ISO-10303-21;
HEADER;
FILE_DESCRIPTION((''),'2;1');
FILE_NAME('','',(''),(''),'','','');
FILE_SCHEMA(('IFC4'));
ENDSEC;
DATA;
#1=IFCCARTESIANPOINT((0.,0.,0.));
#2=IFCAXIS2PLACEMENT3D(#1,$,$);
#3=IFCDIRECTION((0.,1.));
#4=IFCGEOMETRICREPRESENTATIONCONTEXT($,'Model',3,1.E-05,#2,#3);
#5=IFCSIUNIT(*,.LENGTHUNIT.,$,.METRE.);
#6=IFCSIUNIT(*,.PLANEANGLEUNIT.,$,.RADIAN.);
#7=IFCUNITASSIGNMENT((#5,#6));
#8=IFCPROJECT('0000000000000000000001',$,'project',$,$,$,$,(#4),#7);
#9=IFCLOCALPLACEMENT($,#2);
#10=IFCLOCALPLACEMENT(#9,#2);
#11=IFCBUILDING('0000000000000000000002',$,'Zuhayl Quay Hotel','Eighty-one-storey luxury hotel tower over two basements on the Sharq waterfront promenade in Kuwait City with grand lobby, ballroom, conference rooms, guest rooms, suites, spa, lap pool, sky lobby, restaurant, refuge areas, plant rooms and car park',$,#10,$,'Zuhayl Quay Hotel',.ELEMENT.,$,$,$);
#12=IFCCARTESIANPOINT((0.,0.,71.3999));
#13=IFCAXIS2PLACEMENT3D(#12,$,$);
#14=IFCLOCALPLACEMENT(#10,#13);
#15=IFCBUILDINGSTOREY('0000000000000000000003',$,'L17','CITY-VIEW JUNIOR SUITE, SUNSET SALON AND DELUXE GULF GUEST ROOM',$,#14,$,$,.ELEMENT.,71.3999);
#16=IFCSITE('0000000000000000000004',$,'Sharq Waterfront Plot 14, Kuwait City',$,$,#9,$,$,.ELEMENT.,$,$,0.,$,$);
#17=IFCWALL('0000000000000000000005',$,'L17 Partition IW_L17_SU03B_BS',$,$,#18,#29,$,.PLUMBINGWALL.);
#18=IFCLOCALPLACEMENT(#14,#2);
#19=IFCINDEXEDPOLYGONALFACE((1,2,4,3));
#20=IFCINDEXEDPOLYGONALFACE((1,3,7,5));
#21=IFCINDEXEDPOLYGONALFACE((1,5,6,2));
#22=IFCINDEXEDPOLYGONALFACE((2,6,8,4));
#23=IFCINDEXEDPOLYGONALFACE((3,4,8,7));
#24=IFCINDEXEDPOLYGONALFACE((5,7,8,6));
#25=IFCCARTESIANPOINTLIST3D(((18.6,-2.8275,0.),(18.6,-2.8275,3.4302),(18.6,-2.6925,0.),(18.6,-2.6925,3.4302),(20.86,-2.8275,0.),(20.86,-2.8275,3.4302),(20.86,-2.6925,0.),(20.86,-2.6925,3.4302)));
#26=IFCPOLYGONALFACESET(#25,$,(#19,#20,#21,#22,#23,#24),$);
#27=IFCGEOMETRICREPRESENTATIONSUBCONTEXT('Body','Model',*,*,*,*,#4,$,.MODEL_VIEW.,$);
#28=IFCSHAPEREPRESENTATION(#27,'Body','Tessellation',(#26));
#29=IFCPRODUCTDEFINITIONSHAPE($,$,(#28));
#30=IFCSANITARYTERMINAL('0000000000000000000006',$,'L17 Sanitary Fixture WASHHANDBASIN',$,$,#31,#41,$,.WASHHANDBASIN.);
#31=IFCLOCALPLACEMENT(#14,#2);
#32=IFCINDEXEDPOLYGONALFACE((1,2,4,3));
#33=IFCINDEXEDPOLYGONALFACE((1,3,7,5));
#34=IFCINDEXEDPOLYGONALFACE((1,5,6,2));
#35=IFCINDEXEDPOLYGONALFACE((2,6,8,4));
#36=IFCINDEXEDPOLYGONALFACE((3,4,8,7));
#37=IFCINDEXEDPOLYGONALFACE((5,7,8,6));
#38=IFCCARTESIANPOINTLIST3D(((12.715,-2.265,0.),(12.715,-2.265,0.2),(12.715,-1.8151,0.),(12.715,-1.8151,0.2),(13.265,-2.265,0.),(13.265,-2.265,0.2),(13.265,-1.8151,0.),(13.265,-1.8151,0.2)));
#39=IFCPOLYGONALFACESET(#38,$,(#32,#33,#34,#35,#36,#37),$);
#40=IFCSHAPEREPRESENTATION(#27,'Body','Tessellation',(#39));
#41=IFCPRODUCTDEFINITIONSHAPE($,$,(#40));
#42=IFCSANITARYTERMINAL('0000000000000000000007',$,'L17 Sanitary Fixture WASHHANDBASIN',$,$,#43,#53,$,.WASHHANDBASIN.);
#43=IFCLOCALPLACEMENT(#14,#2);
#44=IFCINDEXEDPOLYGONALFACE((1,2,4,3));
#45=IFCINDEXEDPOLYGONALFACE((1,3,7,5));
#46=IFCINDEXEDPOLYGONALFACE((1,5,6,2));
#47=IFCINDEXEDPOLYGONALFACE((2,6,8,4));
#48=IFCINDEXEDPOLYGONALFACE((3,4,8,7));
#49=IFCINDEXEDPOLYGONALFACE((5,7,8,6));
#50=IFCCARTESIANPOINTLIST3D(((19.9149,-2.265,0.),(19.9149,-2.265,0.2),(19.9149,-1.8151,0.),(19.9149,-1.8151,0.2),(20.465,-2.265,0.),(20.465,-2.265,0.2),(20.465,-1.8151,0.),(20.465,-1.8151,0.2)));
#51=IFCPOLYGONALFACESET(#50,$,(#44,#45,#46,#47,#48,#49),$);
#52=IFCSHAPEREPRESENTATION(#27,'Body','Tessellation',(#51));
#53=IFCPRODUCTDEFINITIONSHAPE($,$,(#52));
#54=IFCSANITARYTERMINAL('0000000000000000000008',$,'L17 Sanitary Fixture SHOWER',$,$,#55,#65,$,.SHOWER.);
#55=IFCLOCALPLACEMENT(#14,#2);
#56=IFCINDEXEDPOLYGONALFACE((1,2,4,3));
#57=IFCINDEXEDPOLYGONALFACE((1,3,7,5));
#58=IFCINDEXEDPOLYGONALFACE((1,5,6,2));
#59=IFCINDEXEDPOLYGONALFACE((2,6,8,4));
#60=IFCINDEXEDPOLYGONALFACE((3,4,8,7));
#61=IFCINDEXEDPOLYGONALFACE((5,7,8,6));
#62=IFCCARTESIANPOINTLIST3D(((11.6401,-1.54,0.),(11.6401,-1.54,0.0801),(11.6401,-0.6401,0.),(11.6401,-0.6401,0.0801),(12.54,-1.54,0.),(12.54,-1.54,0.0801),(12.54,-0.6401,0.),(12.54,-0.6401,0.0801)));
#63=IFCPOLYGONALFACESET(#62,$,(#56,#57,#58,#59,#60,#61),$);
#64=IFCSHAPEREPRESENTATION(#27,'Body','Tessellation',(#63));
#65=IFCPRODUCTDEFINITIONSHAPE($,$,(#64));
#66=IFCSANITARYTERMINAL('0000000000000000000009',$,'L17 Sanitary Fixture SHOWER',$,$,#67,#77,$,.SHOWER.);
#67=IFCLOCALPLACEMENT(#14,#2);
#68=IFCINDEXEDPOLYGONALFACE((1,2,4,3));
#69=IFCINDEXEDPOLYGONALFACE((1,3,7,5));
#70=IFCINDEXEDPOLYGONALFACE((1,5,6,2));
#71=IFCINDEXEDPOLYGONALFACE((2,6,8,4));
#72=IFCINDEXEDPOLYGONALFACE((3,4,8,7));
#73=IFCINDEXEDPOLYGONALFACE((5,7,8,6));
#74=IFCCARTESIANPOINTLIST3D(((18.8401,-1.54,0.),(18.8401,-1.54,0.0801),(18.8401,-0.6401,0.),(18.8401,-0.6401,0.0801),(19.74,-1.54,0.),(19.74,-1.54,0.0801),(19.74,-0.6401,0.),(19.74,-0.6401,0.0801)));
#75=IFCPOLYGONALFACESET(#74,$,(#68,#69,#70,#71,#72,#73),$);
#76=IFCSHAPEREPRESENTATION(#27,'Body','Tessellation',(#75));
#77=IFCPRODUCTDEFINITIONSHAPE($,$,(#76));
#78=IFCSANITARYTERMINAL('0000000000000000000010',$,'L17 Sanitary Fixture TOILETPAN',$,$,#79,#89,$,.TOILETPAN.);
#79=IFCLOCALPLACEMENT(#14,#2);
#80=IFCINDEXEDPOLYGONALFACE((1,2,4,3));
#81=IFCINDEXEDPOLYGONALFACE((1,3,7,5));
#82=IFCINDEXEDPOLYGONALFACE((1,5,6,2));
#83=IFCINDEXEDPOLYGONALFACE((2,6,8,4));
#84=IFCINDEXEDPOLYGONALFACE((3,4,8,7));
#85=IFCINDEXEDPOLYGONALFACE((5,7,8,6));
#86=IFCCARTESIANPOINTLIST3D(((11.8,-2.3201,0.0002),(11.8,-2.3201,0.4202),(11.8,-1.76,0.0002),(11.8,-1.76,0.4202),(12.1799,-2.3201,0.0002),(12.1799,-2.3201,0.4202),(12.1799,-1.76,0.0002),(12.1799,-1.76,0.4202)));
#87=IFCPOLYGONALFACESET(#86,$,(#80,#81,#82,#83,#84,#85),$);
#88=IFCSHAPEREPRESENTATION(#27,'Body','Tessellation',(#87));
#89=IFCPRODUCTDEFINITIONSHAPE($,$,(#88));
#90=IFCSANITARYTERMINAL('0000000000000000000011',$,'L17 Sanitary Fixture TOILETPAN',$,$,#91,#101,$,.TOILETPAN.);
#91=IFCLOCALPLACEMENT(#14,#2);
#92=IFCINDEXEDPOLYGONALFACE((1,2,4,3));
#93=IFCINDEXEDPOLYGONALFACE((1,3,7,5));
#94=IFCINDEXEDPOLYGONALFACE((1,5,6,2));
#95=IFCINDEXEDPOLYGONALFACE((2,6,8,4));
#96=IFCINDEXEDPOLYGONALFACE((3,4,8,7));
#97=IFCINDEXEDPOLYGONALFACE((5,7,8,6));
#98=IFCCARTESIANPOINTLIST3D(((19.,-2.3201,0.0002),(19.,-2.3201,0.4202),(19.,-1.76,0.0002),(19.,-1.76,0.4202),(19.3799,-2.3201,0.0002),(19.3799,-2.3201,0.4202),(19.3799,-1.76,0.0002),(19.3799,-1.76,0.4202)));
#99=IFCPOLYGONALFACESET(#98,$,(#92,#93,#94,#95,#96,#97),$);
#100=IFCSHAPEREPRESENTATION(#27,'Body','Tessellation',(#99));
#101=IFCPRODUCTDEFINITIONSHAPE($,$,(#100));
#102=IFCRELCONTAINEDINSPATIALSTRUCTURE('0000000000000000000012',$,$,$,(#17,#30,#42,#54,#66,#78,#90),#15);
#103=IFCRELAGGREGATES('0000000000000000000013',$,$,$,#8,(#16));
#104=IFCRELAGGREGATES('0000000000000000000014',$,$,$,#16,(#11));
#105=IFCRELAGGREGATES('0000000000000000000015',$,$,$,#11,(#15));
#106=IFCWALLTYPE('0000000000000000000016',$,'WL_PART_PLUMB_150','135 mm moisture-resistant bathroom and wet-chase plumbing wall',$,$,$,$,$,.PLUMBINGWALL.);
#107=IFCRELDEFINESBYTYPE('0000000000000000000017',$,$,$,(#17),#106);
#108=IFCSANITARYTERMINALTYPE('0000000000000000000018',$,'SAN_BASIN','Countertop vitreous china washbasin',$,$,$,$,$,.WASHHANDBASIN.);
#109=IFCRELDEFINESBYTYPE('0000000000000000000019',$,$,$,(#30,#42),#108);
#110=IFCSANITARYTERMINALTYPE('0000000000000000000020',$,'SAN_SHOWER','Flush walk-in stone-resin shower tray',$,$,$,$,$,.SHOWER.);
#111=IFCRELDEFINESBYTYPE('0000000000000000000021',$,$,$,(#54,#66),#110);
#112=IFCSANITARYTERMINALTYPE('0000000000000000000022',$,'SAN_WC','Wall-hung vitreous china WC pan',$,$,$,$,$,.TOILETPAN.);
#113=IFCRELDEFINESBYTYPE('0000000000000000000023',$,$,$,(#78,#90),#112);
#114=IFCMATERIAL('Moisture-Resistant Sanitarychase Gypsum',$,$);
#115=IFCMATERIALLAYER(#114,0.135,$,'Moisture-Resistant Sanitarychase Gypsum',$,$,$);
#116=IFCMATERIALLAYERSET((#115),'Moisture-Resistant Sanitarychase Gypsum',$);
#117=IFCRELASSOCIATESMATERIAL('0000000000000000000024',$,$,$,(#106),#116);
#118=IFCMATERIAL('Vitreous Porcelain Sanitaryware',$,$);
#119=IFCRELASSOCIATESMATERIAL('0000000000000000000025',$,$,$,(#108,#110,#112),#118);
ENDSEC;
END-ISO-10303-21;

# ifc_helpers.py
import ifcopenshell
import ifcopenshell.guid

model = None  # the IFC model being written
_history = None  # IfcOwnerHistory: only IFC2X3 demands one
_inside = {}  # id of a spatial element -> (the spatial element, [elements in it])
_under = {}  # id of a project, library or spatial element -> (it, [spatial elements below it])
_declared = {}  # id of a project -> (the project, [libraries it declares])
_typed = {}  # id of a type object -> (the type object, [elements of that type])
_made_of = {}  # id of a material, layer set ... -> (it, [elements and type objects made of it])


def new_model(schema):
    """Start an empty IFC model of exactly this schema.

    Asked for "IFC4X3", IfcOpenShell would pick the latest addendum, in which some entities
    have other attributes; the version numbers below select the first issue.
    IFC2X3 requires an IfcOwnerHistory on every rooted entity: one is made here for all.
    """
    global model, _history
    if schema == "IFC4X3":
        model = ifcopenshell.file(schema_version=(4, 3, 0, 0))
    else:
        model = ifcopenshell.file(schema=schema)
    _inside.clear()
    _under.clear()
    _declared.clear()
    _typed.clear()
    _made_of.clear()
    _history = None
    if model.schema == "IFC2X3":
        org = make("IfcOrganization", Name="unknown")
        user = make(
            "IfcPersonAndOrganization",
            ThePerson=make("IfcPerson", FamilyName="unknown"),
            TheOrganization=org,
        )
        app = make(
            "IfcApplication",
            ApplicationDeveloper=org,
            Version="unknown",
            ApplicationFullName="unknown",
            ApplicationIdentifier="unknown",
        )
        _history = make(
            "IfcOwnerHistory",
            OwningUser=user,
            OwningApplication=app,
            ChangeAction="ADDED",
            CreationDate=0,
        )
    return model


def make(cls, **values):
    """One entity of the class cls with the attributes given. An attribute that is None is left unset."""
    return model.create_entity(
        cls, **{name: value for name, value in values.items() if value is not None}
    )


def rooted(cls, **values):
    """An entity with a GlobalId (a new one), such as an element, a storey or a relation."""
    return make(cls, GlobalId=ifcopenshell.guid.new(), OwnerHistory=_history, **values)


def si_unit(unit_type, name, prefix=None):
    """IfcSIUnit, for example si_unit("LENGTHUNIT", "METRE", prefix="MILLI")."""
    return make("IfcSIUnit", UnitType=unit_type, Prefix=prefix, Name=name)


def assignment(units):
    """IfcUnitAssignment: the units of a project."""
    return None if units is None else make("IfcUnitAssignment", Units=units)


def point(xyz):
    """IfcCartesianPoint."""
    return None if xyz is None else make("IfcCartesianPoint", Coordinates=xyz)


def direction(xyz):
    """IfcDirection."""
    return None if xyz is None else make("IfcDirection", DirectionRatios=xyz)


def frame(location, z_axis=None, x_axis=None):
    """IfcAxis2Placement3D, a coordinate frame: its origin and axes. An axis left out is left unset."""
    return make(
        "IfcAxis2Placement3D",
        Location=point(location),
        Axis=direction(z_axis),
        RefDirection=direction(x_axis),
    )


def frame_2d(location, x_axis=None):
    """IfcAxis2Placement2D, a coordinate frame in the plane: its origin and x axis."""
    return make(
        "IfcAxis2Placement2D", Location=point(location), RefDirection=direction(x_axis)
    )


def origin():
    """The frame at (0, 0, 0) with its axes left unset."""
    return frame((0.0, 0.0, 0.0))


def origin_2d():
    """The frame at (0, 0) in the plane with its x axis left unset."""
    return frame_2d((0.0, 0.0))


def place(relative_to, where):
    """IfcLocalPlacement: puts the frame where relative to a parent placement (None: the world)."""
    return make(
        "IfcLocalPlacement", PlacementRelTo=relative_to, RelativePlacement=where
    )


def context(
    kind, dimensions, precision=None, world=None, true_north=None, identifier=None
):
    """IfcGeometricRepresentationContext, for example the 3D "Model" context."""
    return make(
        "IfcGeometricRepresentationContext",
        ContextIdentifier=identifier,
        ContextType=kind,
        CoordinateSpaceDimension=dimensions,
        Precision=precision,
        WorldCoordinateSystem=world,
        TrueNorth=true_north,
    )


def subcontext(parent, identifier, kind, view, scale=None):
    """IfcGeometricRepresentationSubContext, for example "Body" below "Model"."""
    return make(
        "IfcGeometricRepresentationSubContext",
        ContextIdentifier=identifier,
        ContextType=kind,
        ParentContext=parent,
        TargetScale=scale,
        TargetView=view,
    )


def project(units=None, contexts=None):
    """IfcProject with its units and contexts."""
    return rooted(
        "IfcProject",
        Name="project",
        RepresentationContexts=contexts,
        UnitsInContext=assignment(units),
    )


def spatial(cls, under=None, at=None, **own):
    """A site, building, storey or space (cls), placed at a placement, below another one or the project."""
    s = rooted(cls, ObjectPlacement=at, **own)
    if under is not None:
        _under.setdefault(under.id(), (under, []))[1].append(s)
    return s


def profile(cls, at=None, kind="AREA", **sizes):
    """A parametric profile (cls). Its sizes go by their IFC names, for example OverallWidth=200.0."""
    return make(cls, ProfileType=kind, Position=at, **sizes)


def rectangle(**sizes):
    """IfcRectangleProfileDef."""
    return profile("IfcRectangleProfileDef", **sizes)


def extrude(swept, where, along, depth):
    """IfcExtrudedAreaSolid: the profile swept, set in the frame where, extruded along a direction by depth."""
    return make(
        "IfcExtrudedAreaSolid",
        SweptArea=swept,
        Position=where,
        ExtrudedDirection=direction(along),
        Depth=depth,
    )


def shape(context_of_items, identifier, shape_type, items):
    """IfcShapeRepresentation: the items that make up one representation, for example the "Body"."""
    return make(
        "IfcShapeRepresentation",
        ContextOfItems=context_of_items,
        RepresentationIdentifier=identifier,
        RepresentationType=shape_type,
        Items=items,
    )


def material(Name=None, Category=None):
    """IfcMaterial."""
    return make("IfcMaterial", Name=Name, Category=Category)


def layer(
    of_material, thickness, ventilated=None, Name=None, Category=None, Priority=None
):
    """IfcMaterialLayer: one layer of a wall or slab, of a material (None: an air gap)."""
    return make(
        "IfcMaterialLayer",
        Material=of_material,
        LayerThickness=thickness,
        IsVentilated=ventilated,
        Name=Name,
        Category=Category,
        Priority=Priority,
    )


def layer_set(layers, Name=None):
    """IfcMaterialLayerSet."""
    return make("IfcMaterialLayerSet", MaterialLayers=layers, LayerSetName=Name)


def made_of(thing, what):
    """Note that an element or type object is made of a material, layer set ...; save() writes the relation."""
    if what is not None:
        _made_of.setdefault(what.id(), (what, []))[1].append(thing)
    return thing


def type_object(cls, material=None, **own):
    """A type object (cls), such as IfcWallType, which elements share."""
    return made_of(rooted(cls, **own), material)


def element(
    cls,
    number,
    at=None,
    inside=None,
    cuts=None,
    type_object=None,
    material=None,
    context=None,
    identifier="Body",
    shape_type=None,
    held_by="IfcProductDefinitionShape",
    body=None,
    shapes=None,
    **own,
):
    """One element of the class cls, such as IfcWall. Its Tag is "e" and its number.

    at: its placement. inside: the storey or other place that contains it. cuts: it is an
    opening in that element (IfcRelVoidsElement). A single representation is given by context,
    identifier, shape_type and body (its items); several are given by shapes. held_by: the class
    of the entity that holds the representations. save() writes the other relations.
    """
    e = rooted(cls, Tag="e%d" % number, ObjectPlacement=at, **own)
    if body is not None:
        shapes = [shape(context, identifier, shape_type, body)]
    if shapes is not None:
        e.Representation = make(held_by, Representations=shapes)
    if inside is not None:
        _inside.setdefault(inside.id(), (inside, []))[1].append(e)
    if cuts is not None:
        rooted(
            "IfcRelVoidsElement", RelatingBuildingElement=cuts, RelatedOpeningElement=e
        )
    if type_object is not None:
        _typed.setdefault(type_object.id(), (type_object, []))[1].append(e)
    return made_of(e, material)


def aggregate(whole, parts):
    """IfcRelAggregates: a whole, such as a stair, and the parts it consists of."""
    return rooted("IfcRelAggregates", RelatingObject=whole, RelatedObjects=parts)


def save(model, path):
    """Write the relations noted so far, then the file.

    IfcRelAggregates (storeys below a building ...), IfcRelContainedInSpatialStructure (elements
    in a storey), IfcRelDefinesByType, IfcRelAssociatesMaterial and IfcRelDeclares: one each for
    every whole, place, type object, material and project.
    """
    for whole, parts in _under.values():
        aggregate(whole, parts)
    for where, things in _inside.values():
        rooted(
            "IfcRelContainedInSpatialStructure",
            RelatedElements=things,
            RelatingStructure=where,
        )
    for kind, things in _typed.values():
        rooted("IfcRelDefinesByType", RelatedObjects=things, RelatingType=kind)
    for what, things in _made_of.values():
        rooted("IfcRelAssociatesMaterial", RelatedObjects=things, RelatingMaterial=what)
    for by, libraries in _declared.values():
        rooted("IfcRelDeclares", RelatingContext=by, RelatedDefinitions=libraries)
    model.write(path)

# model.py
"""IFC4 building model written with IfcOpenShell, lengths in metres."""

from ifc_helpers import new_model, si_unit, direction, frame, frame_2d, origin, origin_2d, place, context, subcontext, project, spatial, rectangle, extrude, material, layer, layer_set, type_object, element, save


model = new_model("IFC4")

# Units and contexts
model_context = context("Model", 3, precision=1e-05, world=origin(), true_north=direction((0.0, 1.0)))
body_context = subcontext(model_context, "Body", "Model", "MODEL_VIEW")
ifc_project = project(units=[si_unit("LENGTHUNIT", "METRE"), si_unit("PLANEANGLEUNIT", "RADIAN")], contexts=[model_context])

# Site, building, storey
site_placement = place(None, origin())
site = spatial("IfcSite", under=ifc_project, at=site_placement, Name="Sharq Waterfront Plot 14, Kuwait City", CompositionType="ELEMENT", RefElevation=0.0)
building_placement = place(site_placement, origin())
building = spatial("IfcBuilding", under=site, at=building_placement, Name="Zuhayl Quay Hotel", Description="Eighty-one-storey luxury hotel tower over two basements on the Sharq waterfront promenade in Kuwait City with grand lobby, ballroom, conference rooms, guest rooms, suites, spa, lap pool, sky lobby, restaurant, refuge areas, plant rooms and car park", LongName="Zuhayl Quay Hotel", CompositionType="ELEMENT")
storey_placement = place(building_placement, frame((0.0, 0.0, 71.3999)))
storey = spatial("IfcBuildingStorey", under=building, at=storey_placement, Name="L17", Description="CITY-VIEW JUNIOR SUITE, SUNSET SALON AND DELUXE GULF GUEST ROOM", CompositionType="ELEMENT", Elevation=71.3999)

# Shared definitions
ifc_material_1 = material(Name="Moisture-Resistant Sanitarychase Gypsum")
ifc_layer_1 = layer(ifc_material_1, 0.135, Name="Moisture-Resistant Sanitarychase Gypsum")
ifc_layer_set_1 = layer_set([ifc_layer_1], Name="Moisture-Resistant Sanitarychase Gypsum")
wall_type_1 = type_object("IfcWallType", Name="WL_PART_PLUMB_150", Description="135 mm moisture-resistant bathroom and wet-chase plumbing wall", PredefinedType="PLUMBINGWALL", material=ifc_layer_set_1)

# Wall
for number, where, z_axis, x_axis, name in (
    (1, (18.6001, -2.76, 0.0), (0.0, 0.0, 1.0), (1.0, 0.0, 0.0), "L17 Partition IW_L17_SU03B_BS"),
):
    element("IfcWall", number, at=place(storey_placement, frame(where, z_axis=z_axis, x_axis=x_axis)), inside=storey, type_object=wall_type_1, Name=name, PredefinedType="PLUMBINGWALL", context=body_context, shape_type="SweptSolid", body=[
        extrude(rectangle(XDim=2.26, YDim=0.135, at=frame_2d((1.1299, 0.0))), origin(), (0.0, 0.0, 1.0), 3.4302),
    ])

# Sanitary terminals
ifc_material_2 = material(Name="Vitreous Porcelain Sanitaryware")
sanitary_terminal_type_1 = type_object("IfcSanitaryTerminalType", Name="SAN_BASIN", Description="Countertop vitreous china washbasin", PredefinedType="WASHHANDBASIN", material=ifc_material_2)
for number, where, z_axis, x_axis, name in (
    (2, (12.99, -2.04, 0.0), (0.0, 0.0, 1.0), (1.0, 0.0, 0.0), "L17 Sanitary Fixture WASHHANDBASIN"),
    (3, (20.1899, -2.04, 0.0), (0.0, 0.0, 1.0), (1.0, 0.0, 0.0), "L17 Sanitary Fixture WASHHANDBASIN"),
):
    element("IfcSanitaryTerminal", number, at=place(storey_placement, frame(where, z_axis=z_axis, x_axis=x_axis)), inside=storey, type_object=sanitary_terminal_type_1, Name=name, PredefinedType="WASHHANDBASIN", context=body_context, shape_type="SweptSolid", body=[
        extrude(rectangle(XDim=0.55, YDim=0.45, at=origin_2d()), origin(), (0.0, 0.0, 1.0), 0.2),
    ])
sanitary_terminal_type_2 = type_object("IfcSanitaryTerminalType", Name="SAN_SHOWER", Description="Flush walk-in stone-resin shower tray", PredefinedType="SHOWER", material=ifc_material_2)
for number, where, z_axis, x_axis, name in (
    (4, (12.0901, -1.0901, 0.0), (0.0, 0.0, 1.0), (1.0, 0.0, 0.0), "L17 Sanitary Fixture SHOWER"),
    (5, (19.29, -1.0901, 0.0), (0.0, 0.0, 1.0), (1.0, 0.0, 0.0), "L17 Sanitary Fixture SHOWER"),
):
    element("IfcSanitaryTerminal", number, at=place(storey_placement, frame(where, z_axis=z_axis, x_axis=x_axis)), inside=storey, type_object=sanitary_terminal_type_2, Name=name, PredefinedType="SHOWER", context=body_context, shape_type="SweptSolid", body=[
        extrude(rectangle(XDim=0.8999, YDim=0.8999, at=origin_2d()), origin(), (0.0, 0.0, 1.0), 0.0801),
    ])
sanitary_terminal_type_3 = type_object("IfcSanitaryTerminalType", Name="SAN_WC", Description="Wall-hung vitreous china WC pan", PredefinedType="TOILETPAN", material=ifc_material_2)
for number, where, z_axis, x_axis, name in (
    (6, (11.99, -2.04, 0.0002), (0.0, 0.0, 1.0), (1.0, 0.0, 0.0), "L17 Sanitary Fixture TOILETPAN"),
    (7, (19.1899, -2.04, 0.0002), (0.0, 0.0, 1.0), (1.0, 0.0, 0.0), "L17 Sanitary Fixture TOILETPAN"),
):
    element("IfcSanitaryTerminal", number, at=place(storey_placement, frame(where, z_axis=z_axis, x_axis=x_axis)), inside=storey, type_object=sanitary_terminal_type_3, Name=name, PredefinedType="TOILETPAN", context=body_context, shape_type="SweptSolid", body=[
        extrude(rectangle(XDim=0.3799, YDim=0.5601, at=origin_2d()), origin(), (0.0, 0.0, 1.0), 0.4199),
    ])

save(model, "model.ifc")
